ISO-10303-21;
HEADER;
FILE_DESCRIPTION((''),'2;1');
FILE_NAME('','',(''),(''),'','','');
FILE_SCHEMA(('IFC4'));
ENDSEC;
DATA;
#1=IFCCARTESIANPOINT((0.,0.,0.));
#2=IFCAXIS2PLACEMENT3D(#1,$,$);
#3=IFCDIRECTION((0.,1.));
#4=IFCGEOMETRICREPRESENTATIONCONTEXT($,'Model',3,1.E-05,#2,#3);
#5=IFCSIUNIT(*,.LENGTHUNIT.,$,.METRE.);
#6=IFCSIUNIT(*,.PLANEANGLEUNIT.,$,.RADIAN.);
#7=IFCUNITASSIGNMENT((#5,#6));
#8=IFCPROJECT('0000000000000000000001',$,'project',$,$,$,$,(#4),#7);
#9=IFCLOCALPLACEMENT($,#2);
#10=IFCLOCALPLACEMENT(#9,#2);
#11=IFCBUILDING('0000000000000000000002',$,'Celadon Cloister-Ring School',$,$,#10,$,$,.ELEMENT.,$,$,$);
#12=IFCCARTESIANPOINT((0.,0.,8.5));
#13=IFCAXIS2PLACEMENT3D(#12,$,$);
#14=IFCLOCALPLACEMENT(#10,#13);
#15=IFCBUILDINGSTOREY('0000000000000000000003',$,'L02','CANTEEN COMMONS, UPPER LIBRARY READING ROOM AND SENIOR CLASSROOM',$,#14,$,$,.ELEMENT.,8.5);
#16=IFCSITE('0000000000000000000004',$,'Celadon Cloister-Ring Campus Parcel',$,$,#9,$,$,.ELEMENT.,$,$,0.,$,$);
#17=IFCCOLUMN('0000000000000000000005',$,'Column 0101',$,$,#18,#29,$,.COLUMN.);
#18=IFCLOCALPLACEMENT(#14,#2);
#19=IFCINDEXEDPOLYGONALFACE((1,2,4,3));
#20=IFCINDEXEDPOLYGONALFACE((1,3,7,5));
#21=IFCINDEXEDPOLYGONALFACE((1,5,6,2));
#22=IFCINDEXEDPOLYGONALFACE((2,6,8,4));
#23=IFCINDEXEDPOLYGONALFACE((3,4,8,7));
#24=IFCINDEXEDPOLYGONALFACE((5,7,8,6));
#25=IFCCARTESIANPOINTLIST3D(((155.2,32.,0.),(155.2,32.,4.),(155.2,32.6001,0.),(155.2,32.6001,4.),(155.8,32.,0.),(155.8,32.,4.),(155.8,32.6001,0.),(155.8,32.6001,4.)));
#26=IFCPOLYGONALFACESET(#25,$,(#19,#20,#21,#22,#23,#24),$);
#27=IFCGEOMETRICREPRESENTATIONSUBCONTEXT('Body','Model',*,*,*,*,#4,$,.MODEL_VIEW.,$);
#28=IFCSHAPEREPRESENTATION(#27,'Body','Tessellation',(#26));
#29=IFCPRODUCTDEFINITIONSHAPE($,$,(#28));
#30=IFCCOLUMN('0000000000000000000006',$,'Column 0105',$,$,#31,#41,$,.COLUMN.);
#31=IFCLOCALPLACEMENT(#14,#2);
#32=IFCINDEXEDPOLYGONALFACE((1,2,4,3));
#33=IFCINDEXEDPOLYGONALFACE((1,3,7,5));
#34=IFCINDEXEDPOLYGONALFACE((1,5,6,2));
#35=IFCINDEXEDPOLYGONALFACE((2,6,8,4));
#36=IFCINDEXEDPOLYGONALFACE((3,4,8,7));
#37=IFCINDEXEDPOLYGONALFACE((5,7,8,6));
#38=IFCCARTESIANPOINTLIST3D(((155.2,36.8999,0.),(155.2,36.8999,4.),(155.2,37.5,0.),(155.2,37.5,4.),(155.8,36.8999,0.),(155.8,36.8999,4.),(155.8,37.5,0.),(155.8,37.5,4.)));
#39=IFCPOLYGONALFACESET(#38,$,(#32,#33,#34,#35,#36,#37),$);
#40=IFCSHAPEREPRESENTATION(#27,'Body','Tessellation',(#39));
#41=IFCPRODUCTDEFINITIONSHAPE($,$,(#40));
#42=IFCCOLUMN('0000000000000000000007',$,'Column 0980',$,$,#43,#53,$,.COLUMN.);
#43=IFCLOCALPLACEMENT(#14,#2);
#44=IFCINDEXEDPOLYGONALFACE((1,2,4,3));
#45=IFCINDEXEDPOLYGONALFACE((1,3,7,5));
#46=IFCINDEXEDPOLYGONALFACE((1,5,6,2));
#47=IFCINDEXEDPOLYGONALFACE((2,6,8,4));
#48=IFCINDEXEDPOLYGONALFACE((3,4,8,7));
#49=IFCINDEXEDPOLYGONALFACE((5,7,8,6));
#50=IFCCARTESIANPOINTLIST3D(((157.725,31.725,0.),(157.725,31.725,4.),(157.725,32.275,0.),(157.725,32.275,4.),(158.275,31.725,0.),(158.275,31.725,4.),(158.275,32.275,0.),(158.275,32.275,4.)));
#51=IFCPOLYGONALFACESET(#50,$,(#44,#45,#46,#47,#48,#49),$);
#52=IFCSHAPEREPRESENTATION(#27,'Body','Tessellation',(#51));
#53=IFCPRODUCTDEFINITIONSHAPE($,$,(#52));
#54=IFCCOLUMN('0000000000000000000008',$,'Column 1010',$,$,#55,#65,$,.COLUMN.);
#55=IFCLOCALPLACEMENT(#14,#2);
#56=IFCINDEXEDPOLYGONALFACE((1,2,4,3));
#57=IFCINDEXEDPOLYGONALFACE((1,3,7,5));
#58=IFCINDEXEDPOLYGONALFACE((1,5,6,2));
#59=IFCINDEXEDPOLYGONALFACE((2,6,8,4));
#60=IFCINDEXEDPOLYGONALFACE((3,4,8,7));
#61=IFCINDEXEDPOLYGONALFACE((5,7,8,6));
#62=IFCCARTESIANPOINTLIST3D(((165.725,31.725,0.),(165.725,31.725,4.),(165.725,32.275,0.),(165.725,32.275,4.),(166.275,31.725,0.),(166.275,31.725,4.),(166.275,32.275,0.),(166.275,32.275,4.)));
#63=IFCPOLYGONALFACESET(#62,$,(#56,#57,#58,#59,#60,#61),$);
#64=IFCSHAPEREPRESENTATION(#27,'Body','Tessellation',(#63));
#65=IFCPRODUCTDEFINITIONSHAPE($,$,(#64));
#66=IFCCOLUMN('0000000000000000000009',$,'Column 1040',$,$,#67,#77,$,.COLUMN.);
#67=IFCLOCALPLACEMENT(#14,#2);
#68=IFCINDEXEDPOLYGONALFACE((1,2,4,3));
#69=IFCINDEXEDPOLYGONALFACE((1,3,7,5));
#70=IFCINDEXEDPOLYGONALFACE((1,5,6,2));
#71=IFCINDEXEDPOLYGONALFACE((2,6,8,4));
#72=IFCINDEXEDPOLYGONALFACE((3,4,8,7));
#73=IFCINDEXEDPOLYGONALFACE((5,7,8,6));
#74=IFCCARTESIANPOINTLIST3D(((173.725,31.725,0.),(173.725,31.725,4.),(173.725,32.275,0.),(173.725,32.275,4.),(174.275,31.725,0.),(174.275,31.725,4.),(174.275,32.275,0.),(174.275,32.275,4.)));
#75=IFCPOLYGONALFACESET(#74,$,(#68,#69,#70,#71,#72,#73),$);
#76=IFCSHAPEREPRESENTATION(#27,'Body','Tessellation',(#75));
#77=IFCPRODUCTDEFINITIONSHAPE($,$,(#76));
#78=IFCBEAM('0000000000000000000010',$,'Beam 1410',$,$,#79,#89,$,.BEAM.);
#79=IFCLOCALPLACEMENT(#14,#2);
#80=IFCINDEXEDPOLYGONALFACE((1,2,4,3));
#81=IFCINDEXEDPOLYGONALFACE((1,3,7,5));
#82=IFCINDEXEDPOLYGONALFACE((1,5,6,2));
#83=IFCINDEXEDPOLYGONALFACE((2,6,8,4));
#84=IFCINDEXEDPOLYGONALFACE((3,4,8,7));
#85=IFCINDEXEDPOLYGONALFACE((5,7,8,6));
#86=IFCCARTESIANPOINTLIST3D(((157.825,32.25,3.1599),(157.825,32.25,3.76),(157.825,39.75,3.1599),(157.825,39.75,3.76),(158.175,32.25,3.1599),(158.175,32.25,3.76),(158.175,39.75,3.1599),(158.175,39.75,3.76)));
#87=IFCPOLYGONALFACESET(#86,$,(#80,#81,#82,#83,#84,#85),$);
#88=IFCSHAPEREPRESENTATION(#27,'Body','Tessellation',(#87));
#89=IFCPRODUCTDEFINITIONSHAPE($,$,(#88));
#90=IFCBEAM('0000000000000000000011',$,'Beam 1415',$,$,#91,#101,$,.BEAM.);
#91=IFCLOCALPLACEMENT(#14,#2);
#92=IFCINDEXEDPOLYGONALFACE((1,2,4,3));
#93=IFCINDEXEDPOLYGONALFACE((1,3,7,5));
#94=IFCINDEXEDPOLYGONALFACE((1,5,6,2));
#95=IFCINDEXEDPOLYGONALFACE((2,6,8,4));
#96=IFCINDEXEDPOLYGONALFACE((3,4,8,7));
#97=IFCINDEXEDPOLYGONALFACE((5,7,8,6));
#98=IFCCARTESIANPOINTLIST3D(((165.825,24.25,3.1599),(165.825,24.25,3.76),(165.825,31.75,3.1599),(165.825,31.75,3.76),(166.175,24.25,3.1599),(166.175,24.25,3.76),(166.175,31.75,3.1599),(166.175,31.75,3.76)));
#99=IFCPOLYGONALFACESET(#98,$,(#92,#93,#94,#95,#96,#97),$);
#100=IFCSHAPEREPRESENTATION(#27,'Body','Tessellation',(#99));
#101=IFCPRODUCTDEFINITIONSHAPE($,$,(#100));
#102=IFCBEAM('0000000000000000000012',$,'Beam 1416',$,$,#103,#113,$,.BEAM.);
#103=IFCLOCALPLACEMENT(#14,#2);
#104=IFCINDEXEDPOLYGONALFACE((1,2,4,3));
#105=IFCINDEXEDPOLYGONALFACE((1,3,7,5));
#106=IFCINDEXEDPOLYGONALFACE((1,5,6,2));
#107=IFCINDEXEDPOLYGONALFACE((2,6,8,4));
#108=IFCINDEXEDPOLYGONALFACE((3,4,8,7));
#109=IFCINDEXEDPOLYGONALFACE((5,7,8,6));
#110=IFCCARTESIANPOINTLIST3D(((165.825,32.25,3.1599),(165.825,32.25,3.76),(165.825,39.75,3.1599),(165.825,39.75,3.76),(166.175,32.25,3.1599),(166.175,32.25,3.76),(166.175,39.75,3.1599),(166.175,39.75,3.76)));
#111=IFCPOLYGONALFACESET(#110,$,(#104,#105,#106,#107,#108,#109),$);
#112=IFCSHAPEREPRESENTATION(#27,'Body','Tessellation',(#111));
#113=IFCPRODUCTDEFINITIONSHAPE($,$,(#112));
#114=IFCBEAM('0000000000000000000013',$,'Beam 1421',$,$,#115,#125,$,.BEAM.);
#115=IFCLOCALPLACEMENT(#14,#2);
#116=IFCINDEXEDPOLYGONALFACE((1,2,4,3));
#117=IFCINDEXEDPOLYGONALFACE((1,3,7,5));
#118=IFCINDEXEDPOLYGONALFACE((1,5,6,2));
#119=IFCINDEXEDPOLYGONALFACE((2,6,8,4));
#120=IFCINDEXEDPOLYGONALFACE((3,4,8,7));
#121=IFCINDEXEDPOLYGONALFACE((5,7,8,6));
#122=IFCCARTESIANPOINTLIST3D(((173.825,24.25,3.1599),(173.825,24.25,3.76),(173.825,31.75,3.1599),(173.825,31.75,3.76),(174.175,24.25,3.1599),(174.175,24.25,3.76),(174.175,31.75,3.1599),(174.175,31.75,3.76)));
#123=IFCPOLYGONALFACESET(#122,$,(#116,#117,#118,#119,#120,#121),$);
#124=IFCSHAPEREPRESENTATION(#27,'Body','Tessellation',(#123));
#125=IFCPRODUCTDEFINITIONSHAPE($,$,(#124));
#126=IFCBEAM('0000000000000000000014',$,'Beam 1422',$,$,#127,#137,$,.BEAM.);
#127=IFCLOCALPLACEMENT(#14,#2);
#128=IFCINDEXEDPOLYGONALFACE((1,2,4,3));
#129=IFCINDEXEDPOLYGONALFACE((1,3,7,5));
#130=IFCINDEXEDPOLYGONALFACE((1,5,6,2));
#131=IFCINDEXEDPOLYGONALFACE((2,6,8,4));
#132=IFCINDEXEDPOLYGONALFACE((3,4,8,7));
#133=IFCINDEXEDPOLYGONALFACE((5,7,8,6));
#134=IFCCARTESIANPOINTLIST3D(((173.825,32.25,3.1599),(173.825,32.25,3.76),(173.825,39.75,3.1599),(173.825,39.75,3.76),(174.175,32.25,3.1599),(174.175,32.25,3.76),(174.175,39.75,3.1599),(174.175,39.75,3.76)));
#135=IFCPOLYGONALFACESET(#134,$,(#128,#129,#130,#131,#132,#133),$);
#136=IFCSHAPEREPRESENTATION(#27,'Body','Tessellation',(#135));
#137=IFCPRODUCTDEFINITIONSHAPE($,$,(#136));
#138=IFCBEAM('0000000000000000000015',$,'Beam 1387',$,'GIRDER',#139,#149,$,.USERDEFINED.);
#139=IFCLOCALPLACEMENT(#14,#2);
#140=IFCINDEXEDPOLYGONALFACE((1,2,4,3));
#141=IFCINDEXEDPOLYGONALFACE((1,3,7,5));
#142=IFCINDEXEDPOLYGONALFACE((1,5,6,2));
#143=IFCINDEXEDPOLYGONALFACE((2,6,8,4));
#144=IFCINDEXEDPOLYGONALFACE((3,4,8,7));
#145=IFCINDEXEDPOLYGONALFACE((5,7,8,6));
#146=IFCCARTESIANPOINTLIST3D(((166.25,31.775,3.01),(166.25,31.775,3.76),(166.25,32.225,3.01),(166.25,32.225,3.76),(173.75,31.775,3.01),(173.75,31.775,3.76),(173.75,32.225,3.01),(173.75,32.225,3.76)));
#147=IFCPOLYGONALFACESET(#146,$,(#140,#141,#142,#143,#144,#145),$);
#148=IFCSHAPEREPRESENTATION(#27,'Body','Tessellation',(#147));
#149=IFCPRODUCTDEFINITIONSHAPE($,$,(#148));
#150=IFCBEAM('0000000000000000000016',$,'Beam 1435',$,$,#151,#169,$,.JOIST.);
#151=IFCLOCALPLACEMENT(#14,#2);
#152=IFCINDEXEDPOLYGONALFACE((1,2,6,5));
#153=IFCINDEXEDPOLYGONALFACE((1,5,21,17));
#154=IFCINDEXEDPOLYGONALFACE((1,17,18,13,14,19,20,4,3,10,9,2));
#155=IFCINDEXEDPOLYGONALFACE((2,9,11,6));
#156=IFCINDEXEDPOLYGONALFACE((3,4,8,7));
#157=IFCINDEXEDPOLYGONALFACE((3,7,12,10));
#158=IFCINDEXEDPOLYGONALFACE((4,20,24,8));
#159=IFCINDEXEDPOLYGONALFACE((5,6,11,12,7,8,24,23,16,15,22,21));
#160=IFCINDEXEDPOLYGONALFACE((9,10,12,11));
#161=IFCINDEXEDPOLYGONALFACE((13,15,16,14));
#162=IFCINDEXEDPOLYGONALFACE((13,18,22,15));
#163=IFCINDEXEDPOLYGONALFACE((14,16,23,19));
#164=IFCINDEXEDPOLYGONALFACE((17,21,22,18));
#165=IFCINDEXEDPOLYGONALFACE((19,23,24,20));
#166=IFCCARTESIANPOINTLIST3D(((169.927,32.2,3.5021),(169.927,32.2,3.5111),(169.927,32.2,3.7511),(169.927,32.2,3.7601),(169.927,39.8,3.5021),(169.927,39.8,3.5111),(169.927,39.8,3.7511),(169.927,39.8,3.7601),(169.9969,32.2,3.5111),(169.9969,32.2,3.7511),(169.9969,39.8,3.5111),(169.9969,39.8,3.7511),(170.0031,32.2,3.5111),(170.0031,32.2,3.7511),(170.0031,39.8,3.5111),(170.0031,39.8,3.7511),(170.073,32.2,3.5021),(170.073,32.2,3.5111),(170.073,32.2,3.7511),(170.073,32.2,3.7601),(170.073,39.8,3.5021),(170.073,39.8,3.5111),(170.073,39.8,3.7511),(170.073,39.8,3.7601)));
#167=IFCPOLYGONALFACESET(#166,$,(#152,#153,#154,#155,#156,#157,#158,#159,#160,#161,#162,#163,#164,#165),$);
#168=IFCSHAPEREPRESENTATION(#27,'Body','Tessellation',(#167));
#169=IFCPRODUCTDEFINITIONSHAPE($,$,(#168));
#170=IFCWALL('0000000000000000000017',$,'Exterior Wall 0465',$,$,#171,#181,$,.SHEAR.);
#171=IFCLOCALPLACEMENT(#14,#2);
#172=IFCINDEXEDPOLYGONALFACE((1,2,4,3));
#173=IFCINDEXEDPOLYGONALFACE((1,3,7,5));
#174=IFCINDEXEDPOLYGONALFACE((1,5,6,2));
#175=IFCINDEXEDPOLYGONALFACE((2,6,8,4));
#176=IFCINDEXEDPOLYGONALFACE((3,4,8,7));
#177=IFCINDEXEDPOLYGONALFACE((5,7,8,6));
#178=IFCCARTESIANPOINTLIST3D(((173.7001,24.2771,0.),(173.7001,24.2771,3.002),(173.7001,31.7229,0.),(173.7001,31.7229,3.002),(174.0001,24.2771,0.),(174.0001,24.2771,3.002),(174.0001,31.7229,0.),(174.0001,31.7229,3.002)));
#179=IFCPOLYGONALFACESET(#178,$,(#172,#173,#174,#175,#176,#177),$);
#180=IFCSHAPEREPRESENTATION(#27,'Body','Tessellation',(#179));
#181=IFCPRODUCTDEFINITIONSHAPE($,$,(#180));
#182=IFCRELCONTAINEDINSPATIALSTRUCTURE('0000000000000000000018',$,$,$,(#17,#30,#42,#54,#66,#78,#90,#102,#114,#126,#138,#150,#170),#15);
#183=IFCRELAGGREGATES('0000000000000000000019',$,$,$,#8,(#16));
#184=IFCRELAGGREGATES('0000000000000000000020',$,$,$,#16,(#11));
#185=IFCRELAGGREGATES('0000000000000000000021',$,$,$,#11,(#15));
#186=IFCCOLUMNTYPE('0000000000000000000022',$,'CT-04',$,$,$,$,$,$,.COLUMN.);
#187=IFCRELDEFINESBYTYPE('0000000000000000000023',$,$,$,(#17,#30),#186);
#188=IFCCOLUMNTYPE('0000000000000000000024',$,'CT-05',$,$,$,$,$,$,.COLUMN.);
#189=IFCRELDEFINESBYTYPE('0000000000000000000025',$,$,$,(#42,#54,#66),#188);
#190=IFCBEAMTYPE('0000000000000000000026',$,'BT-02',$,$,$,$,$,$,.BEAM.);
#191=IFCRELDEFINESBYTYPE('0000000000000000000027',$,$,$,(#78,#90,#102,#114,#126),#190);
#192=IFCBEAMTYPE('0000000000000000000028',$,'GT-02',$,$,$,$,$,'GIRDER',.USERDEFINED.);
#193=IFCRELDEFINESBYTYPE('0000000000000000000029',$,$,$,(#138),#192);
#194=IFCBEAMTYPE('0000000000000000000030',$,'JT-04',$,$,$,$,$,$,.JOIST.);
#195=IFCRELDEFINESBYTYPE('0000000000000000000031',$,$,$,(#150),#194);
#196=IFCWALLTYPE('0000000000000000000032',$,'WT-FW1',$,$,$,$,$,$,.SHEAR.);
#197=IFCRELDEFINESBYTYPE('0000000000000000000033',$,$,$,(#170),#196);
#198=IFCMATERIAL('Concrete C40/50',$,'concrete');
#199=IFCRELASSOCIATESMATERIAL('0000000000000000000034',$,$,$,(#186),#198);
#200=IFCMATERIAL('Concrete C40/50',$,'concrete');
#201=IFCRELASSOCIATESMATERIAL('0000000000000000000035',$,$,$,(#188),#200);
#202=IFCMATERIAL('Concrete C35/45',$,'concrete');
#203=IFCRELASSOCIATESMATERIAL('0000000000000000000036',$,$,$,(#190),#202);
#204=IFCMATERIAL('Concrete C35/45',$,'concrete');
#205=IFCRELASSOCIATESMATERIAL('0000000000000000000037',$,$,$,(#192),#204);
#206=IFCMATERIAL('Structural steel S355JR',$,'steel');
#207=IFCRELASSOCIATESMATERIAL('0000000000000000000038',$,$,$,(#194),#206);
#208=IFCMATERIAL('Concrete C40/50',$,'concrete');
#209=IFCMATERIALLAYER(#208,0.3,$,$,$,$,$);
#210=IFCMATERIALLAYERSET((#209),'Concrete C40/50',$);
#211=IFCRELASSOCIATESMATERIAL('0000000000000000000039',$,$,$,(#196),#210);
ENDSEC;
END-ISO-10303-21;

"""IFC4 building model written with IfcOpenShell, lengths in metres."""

from ifc_helpers import new_model, si_unit, direction, frame, frame_2d, origin, origin_2d, place, context, subcontext, project, spatial, rectangle, i_section, extrude, material, layer, layer_set, material_profile, profile_set, type_object, element, save


model = new_model("IFC4")

# Units and contexts
model_context = context("Model", 3, precision=1e-05, world=origin(), true_north=direction((0.0, 1.0)))
body_context = subcontext(model_context, "Body", "Model", "MODEL_VIEW")
ifc_project = project(units=[si_unit("LENGTHUNIT", "METRE"), si_unit("PLANEANGLEUNIT", "RADIAN")], contexts=[model_context])

# Site, building, storey
site_placement = place(None, origin())
site = spatial("IfcSite", under=ifc_project, at=site_placement, Name="Celadon Cloister-Ring Campus Parcel", CompositionType="ELEMENT", RefElevation=0.0)
building_placement = place(site_placement, origin())
building = spatial("IfcBuilding", under=site, at=building_placement, Name="Celadon Cloister-Ring School", CompositionType="ELEMENT")
storey_placement = place(building_placement, frame((0.0, 0.0, 8.5)))
storey = spatial("IfcBuildingStorey", under=building, at=storey_placement, Name="L02", Description="CANTEEN COMMONS, UPPER LIBRARY READING ROOM AND SENIOR CLASSROOM", CompositionType="ELEMENT", Elevation=8.5)

# Columns
ifc_material_1 = material(Name="Concrete C40/50", Category="concrete")
ifc_material_profile_1 = material_profile(ifc_material_1, rectangle(XDim=0.6001, YDim=0.6001, at=origin_2d()), Name="RC600X600")
ifc_profile_set_1 = profile_set([ifc_material_profile_1], Name="Concrete C40/50")
column_type_1 = type_object("IfcColumnType", Name="CT-04", PredefinedType="COLUMN", material=ifc_profile_set_1)
for number, where, z_axis, x_axis, name in (
    (1, (155.5, 32.3, 0.0), (0.0, 0.0, 1.0), (1.0, 0.0, 0.0), "Column 0101"),
    (2, (155.5, 37.2, 0.0), (0.0, 0.0, 1.0), (1.0, 0.0, 0.0), "Column 0105"),
):
    element("IfcColumn", number, at=place(storey_placement, frame(where, z_axis=z_axis, x_axis=x_axis)), inside=storey, type_object=column_type_1, Name=name, PredefinedType="COLUMN", context=body_context, shape_type="SweptSolid", body=[
        extrude(rectangle(XDim=0.6001, YDim=0.6001, at=origin_2d()), origin(), (0.0, 0.0, 1.0), 4.0),
    ])
ifc_material_2 = material(Name="Concrete C40/50", Category="concrete")
ifc_material_profile_2 = material_profile(ifc_material_2, rectangle(XDim=0.55, YDim=0.55, at=origin_2d()), Name="RC550X550")
ifc_profile_set_2 = profile_set([ifc_material_profile_2], Name="Concrete C40/50")
column_type_2 = type_object("IfcColumnType", Name="CT-05", PredefinedType="COLUMN", material=ifc_profile_set_2)
for number, where, z_axis, x_axis, name in (
    (3, (158.0, 32.0, 0.0), (0.0, 0.0, 1.0), (1.0, 0.0, 0.0), "Column 0980"),
    (4, (166.0, 32.0, 0.0), (0.0, 0.0, 1.0), (1.0, 0.0, 0.0), "Column 1010"),
    (5, (174.0, 32.0, 0.0), (0.0, 0.0, 1.0), (1.0, 0.0, 0.0), "Column 1040"),
):
    element("IfcColumn", number, at=place(storey_placement, frame(where, z_axis=z_axis, x_axis=x_axis)), inside=storey, type_object=column_type_2, Name=name, PredefinedType="COLUMN", context=body_context, shape_type="SweptSolid", body=[
        extrude(rectangle(XDim=0.55, YDim=0.55, at=origin_2d()), origin(), (0.0, 0.0, 1.0), 4.0),
    ])

# Beams
ifc_material_3 = material(Name="Concrete C35/45", Category="concrete")
ifc_material_profile_3 = material_profile(ifc_material_3, rectangle(XDim=0.3501, YDim=0.6001, at=origin_2d()), Name="RC350X600")
ifc_profile_set_3 = profile_set([ifc_material_profile_3], Name="Concrete C35/45")
beam_type_1 = type_object("IfcBeamType", Name="BT-02", PredefinedType="BEAM", material=ifc_profile_set_3)
for number, where, z_axis, x_axis, name in (
    (6, (158.0, 32.25, 3.46), (0.0, 1.0, 0.0), (-1.0, 0.0, 0.0), "Beam 1410"),
    (7, (166.0, 24.25, 3.46), (0.0, 1.0, 0.0), (-1.0, 0.0, 0.0), "Beam 1415"),
    (8, (166.0, 32.25, 3.46), (0.0, 1.0, 0.0), (-1.0, 0.0, 0.0), "Beam 1416"),
    (9, (174.0, 24.25, 3.46), (0.0, 1.0, 0.0), (-1.0, 0.0, 0.0), "Beam 1421"),
    (10, (174.0, 32.25, 3.46), (0.0, 1.0, 0.0), (-1.0, 0.0, 0.0), "Beam 1422"),
):
    element("IfcBeam", number, at=place(storey_placement, frame(where, z_axis=z_axis, x_axis=x_axis)), inside=storey, type_object=beam_type_1, Name=name, PredefinedType="BEAM", context=body_context, shape_type="SweptSolid", body=[
        extrude(rectangle(XDim=0.3501, YDim=0.6001, at=origin_2d()), origin(), (0.0, 0.0, 1.0), 7.5),
    ])
ifc_material_4 = material(Name="Concrete C35/45", Category="concrete")
ifc_material_profile_4 = material_profile(ifc_material_4, rectangle(XDim=0.45, YDim=0.75, at=origin_2d()), Name="RC450X750")
ifc_profile_set_4 = profile_set([ifc_material_profile_4], Name="Concrete C35/45")
beam_type_2 = type_object("IfcBeamType", Name="GT-02", ElementType="GIRDER", PredefinedType="USERDEFINED", material=ifc_profile_set_4)
beam_1_placement = place(storey_placement, frame((166.25, 32.0, 3.385), z_axis=(1.0, 0.0, 0.0), x_axis=(0.0, 1.0, 0.0)))
element("IfcBeam", 11, at=beam_1_placement, inside=storey, type_object=beam_type_2, Name="Beam 1387", ObjectType="GIRDER", PredefinedType="USERDEFINED", context=body_context, shape_type="SweptSolid", body=[
    extrude(rectangle(XDim=0.45, YDim=0.75, at=origin_2d()), origin(), (0.0, 0.0, 1.0), 7.5),
])
ifc_material_5 = material(Name="Structural steel S355JR", Category="steel")
ifc_material_profile_5 = material_profile(ifc_material_5, i_section(OverallWidth=0.146, OverallDepth=0.2581, WebThickness=0.0061, FlangeThickness=0.009, at=origin_2d()), Name="W250X33")
ifc_profile_set_5 = profile_set([ifc_material_profile_5], Name="Structural steel S355JR")
beam_type_3 = type_object("IfcBeamType", Name="JT-04", PredefinedType="JOIST", material=ifc_profile_set_5)
beam_2_placement = place(storey_placement, frame((170.0, 32.2, 3.6311), z_axis=(0.0, 1.0, 0.0), x_axis=(-1.0, 0.0, 0.0)))
element("IfcBeam", 12, at=beam_2_placement, inside=storey, type_object=beam_type_3, Name="Beam 1435", PredefinedType="JOIST", context=body_context, shape_type="SweptSolid", body=[
    extrude(i_section(OverallWidth=0.146, OverallDepth=0.2581, WebThickness=0.0061, FlangeThickness=0.009, at=origin_2d()), origin(), (0.0, 0.0, 1.0), 7.6001),
])

# Wall
ifc_material_6 = material(Name="Concrete C40/50", Category="concrete")
ifc_layer_1 = layer(ifc_material_6, 0.3)
ifc_layer_set_1 = layer_set([ifc_layer_1], Name="Concrete C40/50")
wall_type_1 = type_object("IfcWallType", Name="WT-FW1", PredefinedType="SHEAR", material=ifc_layer_set_1)
wall_1_placement = place(storey_placement, frame((173.8501, 31.7229, 0.0), z_axis=(0.0, 0.0, 1.0), x_axis=(0.0, -1.0, 0.0)))
element("IfcWall", 13, at=wall_1_placement, inside=storey, type_object=wall_type_1, Name="Exterior Wall 0465", PredefinedType="SHEAR", context=body_context, shape_type="SweptSolid", body=[
    extrude(rectangle(XDim=7.4458, YDim=0.3, at=frame_2d((3.7229, 0.0))), origin(), (0.0, 0.0, 1.0), 3.002),
])

save(model, "model.ifc")
